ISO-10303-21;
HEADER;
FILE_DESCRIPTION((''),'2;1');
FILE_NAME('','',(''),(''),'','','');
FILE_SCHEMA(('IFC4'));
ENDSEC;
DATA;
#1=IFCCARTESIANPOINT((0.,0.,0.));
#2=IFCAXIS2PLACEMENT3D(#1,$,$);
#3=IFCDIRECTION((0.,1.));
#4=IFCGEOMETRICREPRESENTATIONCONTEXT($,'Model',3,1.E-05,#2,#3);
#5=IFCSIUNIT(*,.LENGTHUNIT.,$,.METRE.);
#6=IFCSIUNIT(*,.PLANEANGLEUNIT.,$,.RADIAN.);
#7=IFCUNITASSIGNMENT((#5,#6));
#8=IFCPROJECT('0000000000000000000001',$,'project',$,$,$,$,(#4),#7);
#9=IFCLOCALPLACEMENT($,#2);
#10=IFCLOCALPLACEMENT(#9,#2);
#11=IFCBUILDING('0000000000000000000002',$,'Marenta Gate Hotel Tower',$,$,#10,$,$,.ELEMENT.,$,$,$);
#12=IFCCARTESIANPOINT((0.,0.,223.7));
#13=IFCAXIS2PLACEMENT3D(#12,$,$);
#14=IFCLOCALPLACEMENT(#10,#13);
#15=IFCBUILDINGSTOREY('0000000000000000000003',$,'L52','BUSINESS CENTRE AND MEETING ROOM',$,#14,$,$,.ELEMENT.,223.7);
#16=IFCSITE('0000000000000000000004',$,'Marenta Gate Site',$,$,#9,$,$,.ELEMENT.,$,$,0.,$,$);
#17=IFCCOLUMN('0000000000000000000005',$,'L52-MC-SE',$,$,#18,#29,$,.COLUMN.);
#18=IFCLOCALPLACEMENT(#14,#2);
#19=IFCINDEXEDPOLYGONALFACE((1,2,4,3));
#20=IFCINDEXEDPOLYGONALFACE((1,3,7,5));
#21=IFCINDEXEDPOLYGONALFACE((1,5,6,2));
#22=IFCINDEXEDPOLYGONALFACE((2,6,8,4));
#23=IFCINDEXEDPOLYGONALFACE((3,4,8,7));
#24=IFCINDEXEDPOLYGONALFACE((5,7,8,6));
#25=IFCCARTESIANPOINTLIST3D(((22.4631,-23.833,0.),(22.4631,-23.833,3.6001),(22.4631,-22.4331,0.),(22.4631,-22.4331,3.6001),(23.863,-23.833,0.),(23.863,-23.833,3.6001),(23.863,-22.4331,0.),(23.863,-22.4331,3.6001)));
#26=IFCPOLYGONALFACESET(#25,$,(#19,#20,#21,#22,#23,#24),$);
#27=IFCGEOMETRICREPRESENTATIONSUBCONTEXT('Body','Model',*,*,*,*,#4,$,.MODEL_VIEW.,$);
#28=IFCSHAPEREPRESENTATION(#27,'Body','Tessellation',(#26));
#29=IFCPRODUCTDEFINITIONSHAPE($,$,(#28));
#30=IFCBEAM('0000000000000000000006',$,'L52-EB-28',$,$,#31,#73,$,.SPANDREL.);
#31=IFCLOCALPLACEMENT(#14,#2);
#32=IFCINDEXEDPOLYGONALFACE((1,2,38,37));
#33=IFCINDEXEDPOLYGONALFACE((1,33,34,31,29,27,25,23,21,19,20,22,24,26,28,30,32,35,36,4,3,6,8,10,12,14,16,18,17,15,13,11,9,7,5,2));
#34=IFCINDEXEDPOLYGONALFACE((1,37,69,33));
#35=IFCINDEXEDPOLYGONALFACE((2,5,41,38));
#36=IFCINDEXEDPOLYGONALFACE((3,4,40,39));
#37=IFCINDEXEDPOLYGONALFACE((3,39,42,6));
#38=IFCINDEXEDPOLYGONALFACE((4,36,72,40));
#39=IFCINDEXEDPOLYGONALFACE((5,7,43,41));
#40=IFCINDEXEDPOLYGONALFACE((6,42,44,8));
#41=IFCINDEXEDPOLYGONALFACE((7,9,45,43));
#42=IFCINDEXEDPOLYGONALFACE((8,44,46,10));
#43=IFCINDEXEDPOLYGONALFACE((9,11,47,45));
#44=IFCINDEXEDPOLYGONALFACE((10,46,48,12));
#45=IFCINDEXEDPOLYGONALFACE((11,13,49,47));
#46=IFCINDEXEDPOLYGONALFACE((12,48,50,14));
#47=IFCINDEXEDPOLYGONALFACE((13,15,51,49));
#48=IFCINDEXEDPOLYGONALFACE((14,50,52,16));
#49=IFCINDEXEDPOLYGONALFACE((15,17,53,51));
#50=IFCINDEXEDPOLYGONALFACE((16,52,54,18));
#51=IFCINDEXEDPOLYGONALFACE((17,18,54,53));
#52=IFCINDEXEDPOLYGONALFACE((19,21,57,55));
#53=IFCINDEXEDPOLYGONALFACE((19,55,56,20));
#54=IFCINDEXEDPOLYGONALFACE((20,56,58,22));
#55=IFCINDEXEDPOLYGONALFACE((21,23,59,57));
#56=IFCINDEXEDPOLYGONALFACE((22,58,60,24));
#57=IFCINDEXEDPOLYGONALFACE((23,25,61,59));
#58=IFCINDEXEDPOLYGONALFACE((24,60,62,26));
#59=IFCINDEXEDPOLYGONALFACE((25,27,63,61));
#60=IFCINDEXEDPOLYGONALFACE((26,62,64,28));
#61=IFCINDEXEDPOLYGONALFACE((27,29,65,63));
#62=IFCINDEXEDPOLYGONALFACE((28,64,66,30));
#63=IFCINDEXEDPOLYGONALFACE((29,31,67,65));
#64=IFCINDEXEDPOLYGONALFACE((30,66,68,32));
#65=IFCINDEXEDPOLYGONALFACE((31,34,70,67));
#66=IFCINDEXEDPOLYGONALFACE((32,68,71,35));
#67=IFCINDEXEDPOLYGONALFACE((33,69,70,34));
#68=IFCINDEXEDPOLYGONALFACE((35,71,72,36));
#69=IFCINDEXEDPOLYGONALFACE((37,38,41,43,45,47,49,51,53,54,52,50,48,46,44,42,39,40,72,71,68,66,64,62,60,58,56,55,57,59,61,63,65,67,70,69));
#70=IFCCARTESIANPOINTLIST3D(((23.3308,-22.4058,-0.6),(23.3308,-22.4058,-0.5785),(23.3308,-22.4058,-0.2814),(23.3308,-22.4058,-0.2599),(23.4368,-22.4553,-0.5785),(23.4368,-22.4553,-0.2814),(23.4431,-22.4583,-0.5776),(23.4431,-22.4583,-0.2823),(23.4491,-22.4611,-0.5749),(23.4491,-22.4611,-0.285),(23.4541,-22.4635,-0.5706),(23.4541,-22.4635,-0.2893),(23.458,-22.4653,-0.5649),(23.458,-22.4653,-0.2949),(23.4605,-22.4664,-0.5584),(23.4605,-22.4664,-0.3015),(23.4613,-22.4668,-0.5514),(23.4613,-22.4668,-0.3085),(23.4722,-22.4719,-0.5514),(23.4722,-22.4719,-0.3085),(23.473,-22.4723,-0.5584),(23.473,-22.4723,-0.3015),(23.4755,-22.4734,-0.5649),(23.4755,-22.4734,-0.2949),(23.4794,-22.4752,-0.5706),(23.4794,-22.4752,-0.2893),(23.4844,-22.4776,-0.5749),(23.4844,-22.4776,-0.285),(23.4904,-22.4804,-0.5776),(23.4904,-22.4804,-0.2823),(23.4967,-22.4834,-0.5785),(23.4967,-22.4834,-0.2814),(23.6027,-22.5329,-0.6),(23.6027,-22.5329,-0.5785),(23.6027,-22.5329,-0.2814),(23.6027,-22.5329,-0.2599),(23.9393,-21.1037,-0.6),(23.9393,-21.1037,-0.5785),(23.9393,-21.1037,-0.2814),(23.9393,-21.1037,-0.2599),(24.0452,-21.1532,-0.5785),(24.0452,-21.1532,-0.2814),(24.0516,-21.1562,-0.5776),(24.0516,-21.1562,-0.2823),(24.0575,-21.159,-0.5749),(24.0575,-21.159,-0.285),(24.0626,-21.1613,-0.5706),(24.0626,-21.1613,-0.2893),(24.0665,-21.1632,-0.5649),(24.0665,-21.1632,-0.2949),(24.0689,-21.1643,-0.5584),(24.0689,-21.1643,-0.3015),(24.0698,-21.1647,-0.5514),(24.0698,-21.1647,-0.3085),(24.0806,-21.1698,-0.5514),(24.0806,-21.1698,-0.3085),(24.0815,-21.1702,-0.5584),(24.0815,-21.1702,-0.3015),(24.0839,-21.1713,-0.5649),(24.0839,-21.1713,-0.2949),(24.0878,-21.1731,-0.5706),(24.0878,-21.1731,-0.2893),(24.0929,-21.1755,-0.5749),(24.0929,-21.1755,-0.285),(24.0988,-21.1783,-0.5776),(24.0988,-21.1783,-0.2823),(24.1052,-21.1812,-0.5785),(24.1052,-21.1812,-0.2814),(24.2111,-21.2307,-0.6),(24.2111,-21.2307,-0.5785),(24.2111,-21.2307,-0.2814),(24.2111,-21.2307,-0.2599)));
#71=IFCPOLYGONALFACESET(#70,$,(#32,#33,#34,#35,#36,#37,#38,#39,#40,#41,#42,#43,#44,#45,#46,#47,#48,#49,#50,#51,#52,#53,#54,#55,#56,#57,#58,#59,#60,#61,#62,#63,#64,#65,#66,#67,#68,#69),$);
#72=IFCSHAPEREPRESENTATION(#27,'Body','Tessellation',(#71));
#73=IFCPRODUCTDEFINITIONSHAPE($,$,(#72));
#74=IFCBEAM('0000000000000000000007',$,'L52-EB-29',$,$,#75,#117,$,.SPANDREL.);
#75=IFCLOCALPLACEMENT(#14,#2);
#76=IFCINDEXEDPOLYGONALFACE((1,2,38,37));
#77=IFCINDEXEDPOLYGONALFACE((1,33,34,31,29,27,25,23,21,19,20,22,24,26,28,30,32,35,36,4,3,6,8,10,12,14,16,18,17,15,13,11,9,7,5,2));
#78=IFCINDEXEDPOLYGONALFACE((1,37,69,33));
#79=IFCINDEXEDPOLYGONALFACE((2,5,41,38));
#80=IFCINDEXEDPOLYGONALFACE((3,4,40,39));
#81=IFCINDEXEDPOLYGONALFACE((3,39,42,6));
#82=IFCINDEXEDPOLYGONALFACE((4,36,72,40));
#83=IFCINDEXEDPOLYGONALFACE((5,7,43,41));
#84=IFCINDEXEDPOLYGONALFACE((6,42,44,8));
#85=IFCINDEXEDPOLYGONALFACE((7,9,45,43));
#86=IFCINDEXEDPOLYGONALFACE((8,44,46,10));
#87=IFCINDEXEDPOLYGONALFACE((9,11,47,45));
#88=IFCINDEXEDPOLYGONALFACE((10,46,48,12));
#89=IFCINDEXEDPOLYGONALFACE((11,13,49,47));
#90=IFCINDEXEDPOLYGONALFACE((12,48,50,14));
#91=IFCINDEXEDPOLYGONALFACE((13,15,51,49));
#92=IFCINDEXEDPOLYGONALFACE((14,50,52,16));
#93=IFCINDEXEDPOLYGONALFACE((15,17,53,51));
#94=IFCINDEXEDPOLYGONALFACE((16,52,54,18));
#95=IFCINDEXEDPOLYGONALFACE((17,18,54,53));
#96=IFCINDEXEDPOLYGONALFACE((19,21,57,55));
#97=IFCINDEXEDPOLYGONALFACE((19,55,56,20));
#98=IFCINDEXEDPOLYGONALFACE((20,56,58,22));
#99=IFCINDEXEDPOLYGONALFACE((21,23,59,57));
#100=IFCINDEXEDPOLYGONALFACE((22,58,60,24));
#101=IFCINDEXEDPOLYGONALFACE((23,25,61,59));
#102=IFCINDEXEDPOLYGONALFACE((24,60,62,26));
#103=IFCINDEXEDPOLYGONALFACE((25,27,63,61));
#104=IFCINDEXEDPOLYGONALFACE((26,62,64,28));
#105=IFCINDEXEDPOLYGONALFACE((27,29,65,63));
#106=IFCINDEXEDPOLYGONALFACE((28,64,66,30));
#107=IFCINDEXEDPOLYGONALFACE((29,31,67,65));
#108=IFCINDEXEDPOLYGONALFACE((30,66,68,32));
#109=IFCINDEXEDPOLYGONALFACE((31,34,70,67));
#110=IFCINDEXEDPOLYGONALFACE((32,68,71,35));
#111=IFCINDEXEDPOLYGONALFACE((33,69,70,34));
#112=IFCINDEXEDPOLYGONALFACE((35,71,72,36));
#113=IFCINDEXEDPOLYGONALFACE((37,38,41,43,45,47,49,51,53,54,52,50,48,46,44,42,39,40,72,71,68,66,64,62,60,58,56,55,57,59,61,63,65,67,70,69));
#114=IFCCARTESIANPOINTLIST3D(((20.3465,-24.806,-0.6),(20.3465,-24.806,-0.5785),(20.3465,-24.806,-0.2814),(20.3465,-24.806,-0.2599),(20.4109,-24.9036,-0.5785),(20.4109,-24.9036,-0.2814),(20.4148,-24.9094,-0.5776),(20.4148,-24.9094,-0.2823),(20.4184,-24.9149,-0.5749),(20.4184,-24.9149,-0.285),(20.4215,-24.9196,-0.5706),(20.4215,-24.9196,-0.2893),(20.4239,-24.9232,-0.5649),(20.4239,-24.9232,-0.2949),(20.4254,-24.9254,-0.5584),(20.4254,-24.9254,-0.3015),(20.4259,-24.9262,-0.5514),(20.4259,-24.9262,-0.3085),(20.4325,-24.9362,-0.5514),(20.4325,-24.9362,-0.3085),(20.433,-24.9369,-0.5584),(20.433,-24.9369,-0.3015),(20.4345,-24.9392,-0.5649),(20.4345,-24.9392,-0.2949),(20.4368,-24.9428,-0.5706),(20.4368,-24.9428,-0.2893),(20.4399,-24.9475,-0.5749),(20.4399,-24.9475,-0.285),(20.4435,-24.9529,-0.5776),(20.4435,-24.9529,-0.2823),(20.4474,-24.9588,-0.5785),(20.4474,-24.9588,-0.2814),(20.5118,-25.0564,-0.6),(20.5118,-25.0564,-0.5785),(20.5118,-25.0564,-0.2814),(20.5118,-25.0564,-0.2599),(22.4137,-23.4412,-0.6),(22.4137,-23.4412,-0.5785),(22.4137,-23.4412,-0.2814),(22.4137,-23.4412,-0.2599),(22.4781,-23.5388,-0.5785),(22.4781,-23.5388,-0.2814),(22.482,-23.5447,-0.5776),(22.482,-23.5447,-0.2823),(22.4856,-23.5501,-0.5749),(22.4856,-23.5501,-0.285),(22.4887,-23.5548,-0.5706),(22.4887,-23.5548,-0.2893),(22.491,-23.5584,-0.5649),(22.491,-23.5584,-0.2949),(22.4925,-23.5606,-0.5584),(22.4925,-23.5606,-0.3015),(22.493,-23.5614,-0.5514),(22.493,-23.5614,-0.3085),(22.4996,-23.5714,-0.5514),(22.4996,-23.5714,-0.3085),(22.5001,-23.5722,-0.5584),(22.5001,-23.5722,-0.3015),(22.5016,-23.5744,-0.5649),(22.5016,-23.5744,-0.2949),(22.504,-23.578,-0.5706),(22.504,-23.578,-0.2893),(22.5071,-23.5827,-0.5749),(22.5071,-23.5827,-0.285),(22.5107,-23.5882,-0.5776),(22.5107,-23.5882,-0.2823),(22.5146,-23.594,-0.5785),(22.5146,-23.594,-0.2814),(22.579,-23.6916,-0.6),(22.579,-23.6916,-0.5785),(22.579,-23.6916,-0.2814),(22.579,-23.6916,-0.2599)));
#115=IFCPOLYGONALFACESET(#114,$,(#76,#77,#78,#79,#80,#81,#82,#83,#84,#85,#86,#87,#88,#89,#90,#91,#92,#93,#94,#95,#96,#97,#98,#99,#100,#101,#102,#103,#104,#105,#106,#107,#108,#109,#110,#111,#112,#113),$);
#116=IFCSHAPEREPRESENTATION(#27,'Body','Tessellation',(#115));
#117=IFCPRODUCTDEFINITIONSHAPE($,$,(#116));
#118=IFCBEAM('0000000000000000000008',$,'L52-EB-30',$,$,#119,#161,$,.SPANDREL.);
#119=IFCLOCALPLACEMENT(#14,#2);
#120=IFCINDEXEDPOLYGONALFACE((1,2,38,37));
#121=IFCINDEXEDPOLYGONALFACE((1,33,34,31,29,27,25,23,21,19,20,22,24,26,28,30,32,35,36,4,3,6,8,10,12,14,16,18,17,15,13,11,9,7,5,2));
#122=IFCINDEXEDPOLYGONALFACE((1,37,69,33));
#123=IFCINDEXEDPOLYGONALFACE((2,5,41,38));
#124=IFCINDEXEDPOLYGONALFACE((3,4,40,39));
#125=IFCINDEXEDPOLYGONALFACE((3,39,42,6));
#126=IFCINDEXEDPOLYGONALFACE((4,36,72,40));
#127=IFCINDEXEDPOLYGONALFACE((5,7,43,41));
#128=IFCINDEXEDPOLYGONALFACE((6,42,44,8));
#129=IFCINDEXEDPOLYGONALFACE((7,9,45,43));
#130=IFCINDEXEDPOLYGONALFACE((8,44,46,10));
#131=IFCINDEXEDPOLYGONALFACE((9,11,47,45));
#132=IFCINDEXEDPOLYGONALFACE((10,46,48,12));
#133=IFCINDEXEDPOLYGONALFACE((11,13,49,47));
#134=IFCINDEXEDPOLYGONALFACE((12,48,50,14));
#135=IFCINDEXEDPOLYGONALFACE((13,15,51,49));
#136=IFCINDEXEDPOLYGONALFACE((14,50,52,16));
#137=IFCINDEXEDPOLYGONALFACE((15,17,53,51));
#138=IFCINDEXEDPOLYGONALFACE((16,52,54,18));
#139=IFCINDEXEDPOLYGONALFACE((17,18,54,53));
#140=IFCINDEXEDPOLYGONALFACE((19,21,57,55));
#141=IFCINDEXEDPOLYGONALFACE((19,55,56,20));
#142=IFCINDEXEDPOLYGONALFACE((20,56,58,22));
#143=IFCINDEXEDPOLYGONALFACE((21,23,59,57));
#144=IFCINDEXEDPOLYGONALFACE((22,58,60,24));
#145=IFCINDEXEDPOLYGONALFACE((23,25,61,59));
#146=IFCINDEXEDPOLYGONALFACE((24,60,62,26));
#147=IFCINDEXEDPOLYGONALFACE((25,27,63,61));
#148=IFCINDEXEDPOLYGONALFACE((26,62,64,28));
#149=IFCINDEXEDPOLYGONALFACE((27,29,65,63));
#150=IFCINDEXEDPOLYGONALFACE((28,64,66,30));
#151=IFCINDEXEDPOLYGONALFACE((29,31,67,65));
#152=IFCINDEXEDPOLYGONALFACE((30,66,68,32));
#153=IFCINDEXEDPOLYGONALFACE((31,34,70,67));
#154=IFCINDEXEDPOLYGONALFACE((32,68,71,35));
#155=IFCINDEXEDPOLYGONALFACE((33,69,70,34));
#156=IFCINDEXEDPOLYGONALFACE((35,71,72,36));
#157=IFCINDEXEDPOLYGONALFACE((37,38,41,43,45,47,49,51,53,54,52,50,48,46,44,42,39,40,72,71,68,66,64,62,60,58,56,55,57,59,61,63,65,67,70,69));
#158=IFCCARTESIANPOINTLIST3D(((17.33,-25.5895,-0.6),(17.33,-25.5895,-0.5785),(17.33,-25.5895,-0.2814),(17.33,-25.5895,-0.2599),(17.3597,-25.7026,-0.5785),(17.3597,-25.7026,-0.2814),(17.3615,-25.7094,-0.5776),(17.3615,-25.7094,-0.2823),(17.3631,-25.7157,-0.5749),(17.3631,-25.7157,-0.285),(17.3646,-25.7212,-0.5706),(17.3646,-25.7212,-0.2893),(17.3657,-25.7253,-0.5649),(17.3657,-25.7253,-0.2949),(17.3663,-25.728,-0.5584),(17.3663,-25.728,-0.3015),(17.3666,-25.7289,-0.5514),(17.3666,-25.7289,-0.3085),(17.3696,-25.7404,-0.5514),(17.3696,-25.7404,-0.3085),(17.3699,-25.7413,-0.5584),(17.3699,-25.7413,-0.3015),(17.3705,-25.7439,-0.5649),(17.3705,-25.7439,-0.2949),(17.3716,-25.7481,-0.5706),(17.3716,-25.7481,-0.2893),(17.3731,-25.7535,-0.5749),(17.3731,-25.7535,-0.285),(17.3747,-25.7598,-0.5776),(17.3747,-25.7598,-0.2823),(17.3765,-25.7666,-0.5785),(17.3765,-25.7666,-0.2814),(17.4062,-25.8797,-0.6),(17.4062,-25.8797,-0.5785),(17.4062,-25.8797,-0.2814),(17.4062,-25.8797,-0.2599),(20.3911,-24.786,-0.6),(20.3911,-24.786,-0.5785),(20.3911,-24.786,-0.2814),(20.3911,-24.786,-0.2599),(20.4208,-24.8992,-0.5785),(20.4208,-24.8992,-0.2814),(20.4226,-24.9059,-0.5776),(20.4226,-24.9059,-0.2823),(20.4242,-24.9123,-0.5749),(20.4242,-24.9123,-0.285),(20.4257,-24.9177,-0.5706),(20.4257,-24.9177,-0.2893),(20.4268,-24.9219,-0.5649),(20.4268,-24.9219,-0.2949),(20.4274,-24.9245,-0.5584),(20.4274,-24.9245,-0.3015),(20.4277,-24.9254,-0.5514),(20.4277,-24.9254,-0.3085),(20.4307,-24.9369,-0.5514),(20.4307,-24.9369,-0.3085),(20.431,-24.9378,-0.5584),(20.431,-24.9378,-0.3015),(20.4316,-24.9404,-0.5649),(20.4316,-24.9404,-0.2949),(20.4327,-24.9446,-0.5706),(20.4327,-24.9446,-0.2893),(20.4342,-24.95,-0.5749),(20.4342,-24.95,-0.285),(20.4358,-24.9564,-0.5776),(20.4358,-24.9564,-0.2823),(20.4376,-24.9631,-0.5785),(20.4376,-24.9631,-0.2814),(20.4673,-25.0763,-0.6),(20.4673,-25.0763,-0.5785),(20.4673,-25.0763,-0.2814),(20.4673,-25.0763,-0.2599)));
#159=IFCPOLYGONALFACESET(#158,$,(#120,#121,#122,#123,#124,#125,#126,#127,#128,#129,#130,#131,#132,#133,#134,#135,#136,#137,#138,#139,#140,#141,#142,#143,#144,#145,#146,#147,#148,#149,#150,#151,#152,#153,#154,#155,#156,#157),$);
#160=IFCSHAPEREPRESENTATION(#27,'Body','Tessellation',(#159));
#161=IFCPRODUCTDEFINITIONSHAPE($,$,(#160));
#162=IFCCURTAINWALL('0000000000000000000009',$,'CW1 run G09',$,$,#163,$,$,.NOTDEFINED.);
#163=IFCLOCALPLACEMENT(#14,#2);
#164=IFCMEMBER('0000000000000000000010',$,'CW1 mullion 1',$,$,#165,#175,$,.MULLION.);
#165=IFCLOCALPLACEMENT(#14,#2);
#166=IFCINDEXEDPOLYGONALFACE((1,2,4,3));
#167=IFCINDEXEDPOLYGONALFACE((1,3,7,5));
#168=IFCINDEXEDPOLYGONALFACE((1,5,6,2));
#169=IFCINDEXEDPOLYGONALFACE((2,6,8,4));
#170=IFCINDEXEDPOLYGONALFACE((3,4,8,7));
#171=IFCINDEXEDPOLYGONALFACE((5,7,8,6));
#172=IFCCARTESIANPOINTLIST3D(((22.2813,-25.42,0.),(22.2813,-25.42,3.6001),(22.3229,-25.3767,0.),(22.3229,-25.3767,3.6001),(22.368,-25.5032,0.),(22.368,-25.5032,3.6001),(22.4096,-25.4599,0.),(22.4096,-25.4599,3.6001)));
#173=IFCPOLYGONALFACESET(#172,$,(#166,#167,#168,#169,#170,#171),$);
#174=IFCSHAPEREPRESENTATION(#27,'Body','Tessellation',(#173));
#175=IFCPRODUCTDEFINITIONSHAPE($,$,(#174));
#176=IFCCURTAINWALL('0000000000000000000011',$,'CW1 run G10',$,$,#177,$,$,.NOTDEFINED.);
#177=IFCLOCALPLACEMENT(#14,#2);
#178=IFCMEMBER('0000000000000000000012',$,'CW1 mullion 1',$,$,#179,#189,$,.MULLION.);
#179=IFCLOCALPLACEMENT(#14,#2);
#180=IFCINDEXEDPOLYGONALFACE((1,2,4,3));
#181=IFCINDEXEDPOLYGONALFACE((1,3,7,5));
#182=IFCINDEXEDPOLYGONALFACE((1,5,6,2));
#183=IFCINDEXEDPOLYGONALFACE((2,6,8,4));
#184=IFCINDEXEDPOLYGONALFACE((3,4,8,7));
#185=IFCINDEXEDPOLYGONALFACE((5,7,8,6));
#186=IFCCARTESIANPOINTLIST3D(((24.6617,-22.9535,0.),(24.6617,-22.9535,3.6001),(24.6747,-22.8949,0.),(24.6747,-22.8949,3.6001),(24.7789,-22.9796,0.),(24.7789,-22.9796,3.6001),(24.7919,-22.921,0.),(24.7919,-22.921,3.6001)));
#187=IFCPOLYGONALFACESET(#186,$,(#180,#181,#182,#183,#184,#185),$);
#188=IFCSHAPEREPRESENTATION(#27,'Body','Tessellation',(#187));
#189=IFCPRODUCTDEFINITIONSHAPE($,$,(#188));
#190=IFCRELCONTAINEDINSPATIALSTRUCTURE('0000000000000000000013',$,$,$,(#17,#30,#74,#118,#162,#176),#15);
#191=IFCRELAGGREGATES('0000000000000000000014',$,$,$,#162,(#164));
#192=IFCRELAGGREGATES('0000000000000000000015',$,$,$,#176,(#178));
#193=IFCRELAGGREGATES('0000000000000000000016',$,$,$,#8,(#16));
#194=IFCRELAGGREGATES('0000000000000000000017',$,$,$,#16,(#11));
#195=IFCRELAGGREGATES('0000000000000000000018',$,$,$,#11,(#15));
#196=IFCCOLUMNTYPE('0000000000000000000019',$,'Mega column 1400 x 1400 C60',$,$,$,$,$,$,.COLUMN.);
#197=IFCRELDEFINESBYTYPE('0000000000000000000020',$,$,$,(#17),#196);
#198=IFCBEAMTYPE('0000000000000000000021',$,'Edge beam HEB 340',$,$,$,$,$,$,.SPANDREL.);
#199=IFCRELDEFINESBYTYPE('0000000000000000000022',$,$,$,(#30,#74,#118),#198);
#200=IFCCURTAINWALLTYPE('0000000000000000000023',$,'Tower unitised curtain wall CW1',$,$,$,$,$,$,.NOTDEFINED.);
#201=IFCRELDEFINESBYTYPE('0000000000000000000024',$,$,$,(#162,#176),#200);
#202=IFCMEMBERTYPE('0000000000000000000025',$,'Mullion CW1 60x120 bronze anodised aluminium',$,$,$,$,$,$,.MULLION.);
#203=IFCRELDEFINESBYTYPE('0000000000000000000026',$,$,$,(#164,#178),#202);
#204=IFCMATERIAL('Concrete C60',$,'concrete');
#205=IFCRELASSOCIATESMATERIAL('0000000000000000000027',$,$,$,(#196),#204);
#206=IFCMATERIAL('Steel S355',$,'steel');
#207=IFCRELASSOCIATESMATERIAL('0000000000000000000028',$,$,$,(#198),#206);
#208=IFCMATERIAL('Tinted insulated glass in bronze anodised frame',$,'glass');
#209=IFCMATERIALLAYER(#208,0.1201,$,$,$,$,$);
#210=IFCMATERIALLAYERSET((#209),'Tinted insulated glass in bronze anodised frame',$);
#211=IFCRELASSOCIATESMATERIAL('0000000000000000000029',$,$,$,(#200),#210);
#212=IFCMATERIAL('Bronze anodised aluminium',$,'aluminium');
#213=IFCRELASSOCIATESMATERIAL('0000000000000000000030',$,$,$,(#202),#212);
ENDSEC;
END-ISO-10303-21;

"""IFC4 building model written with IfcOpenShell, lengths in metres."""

from ifc_helpers import new_model, si_unit, direction, frame, origin, origin_2d, place, context, subcontext, project, spatial, rectangle, i_section, extrude, material, layer, layer_set, material_profile, profile_set, type_object, element, aggregate, save


model = new_model("IFC4")

# Units and contexts
model_context = context("Model", 3, precision=1e-05, world=origin(), true_north=direction((0.0, 1.0)))
body_context = subcontext(model_context, "Body", "Model", "MODEL_VIEW")
ifc_project = project(units=[si_unit("LENGTHUNIT", "METRE"), si_unit("PLANEANGLEUNIT", "RADIAN")], contexts=[model_context])

# Site, building, storey
site_placement = place(None, origin())
site = spatial("IfcSite", under=ifc_project, at=site_placement, Name="Marenta Gate Site", CompositionType="ELEMENT", RefElevation=0.0)
building_placement = place(site_placement, origin())
building = spatial("IfcBuilding", under=site, at=building_placement, Name="Marenta Gate Hotel Tower", CompositionType="ELEMENT")
storey_placement = place(building_placement, frame((0.0, 0.0, 223.7)))
storey = spatial("IfcBuildingStorey", under=building, at=storey_placement, Name="L52", Description="BUSINESS CENTRE AND MEETING ROOM", CompositionType="ELEMENT", Elevation=223.7)

# Column
ifc_material_1 = material(Name="Concrete C60", Category="concrete")
ifc_material_profile_1 = material_profile(ifc_material_1, rectangle(XDim=1.3999, YDim=1.3999, at=origin_2d()), Name="1400 x 1400")
ifc_profile_set_1 = profile_set([ifc_material_profile_1], Name="Concrete C60")
column_type = type_object("IfcColumnType", Name="Mega column 1400 x 1400 C60", PredefinedType="COLUMN", material=ifc_profile_set_1)
column_placement = place(storey_placement, frame((23.1631, -23.1331, 0.0), z_axis=(0.0, 0.0, 1.0), x_axis=(1.0, 0.0, 0.0)))
element("IfcColumn", 1, at=column_placement, inside=storey, type_object=column_type, Name="L52-MC-SE", PredefinedType="COLUMN", context=body_context, shape_type="SweptSolid", body=[
    extrude(rectangle(XDim=1.3999, YDim=1.3999, at=origin_2d()), origin(), (0.0, 0.0, 1.0), 3.6001),
])

# Beams
ifc_material_2 = material(Name="Steel S355", Category="steel")
ifc_material_profile_2 = material_profile(ifc_material_2, i_section(OverallWidth=0.3, OverallDepth=0.3401, WebThickness=0.012, FlangeThickness=0.0215, FilletRadius=0.0271, at=origin_2d()), Name="HEB 340")
ifc_profile_set_2 = profile_set([ifc_material_profile_2], Name="Steel S355")
beam_type = type_object("IfcBeamType", Name="Edge beam HEB 340", PredefinedType="SPANDREL", material=ifc_profile_set_2)
beam_1_placement = place(storey_placement, frame((24.0752, -21.1672, -0.4299), z_axis=(-0.423341, -0.90597, 0.0), x_axis=(0.90597, -0.423341, 0.0)))
element("IfcBeam", 2, at=beam_1_placement, inside=storey, type_object=beam_type, Name="L52-EB-28", PredefinedType="SPANDREL", context=body_context, shape_type="SweptSolid", body=[
    extrude(i_section(OverallWidth=0.3, OverallDepth=0.3401, WebThickness=0.012, FlangeThickness=0.0215, FilletRadius=0.0271, at=origin_2d()), origin(), (0.0, 0.0, 1.0), 1.4373),
])
beam_2_placement = place(storey_placement, frame((22.4963, -23.5664, -0.4299), z_axis=(-0.834529, -0.550964, 0.0), x_axis=(0.550964, -0.834529, 0.0)))
element("IfcBeam", 3, at=beam_2_placement, inside=storey, type_object=beam_type, Name="L52-EB-29", PredefinedType="SPANDREL", context=body_context, shape_type="SweptSolid", body=[
    extrude(i_section(OverallWidth=0.3, OverallDepth=0.3401, WebThickness=0.012, FlangeThickness=0.0215, FilletRadius=0.0271, at=origin_2d()), origin(), (0.0, 0.0, 1.0), 2.4771),
])
beam_3_placement = place(storey_placement, frame((20.4292, -24.9312, -0.4299), z_axis=(-0.967235, -0.253882, 0.0), x_axis=(0.253882, -0.967235, 0.0)))
element("IfcBeam", 4, at=beam_3_placement, inside=storey, type_object=beam_type, Name="L52-EB-30", PredefinedType="SPANDREL", context=body_context, shape_type="SweptSolid", body=[
    extrude(i_section(OverallWidth=0.3, OverallDepth=0.3401, WebThickness=0.012, FlangeThickness=0.0215, FilletRadius=0.0271, at=origin_2d()), origin(), (0.0, 0.0, 1.0), 3.1648),
])

# Curtain walls, members
ifc_material_3 = material(Name="Tinted insulated glass in bronze anodised frame", Category="glass")
ifc_layer_1 = layer(ifc_material_3, 0.1201)
ifc_layer_set_1 = layer_set([ifc_layer_1], Name="Tinted insulated glass in bronze anodised frame")
curtain_wall_type = type_object("IfcCurtainWallType", Name="Tower unitised curtain wall CW1", PredefinedType="NOTDEFINED", material=ifc_layer_set_1)
curtain_wall_1_placement = place(storey_placement, origin())
curtain_wall_1 = element("IfcCurtainWall", 5, at=curtain_wall_1_placement, inside=storey, type_object=curtain_wall_type, Name="CW1 run G09", PredefinedType="NOTDEFINED")
ifc_material_4 = material(Name="Bronze anodised aluminium", Category="aluminium")
ifc_material_profile_3 = material_profile(ifc_material_4, rectangle(XDim=0.1201, YDim=0.0601, at=origin_2d()), Name="Mullion CW1 60x120 bronze anodised aluminium")
ifc_profile_set_3 = profile_set([ifc_material_profile_3], Name="Bronze anodised aluminium")
member_type_1 = type_object("IfcMemberType", Name="Mullion CW1 60x120 bronze anodised aluminium", PredefinedType="MULLION", material=ifc_profile_set_3)
member_1_placement = place(storey_placement, frame((22.3455, -25.4399, 0.0), z_axis=(0.0, 0.0, 1.0), x_axis=(-0.721372, 0.692548, 0.0)))
member_1 = element("IfcMember", 6, at=member_1_placement, type_object=member_type_1, Name="CW1 mullion 1", PredefinedType="MULLION", context=body_context, shape_type="SweptSolid", body=[
    extrude(rectangle(XDim=0.1201, YDim=0.0601, at=origin_2d()), origin(), (0.0, 0.0, 1.0), 3.6001),
])
curtain_wall_2_placement = place(storey_placement, origin())
curtain_wall_2 = element("IfcCurtainWall", 7, at=curtain_wall_2_placement, inside=storey, type_object=curtain_wall_type, Name="CW1 run G10", PredefinedType="NOTDEFINED")
member_2_placement = place(storey_placement, frame((24.7268, -22.9373, 0.0), z_axis=(0.0, 0.0, 1.0), x_axis=(-0.976207, 0.216842, 0.0)))
member_2 = element("IfcMember", 8, at=member_2_placement, type_object=member_type_1, Name="CW1 mullion 1", PredefinedType="MULLION", context=body_context, shape_type="SweptSolid", body=[
    extrude(rectangle(XDim=0.1201, YDim=0.0601, at=origin_2d()), origin(), (0.0, 0.0, 1.0), 3.6001),
])

aggregate(curtain_wall_1, [member_1])
aggregate(curtain_wall_2, [member_2])

save(model, "model.ifc")
